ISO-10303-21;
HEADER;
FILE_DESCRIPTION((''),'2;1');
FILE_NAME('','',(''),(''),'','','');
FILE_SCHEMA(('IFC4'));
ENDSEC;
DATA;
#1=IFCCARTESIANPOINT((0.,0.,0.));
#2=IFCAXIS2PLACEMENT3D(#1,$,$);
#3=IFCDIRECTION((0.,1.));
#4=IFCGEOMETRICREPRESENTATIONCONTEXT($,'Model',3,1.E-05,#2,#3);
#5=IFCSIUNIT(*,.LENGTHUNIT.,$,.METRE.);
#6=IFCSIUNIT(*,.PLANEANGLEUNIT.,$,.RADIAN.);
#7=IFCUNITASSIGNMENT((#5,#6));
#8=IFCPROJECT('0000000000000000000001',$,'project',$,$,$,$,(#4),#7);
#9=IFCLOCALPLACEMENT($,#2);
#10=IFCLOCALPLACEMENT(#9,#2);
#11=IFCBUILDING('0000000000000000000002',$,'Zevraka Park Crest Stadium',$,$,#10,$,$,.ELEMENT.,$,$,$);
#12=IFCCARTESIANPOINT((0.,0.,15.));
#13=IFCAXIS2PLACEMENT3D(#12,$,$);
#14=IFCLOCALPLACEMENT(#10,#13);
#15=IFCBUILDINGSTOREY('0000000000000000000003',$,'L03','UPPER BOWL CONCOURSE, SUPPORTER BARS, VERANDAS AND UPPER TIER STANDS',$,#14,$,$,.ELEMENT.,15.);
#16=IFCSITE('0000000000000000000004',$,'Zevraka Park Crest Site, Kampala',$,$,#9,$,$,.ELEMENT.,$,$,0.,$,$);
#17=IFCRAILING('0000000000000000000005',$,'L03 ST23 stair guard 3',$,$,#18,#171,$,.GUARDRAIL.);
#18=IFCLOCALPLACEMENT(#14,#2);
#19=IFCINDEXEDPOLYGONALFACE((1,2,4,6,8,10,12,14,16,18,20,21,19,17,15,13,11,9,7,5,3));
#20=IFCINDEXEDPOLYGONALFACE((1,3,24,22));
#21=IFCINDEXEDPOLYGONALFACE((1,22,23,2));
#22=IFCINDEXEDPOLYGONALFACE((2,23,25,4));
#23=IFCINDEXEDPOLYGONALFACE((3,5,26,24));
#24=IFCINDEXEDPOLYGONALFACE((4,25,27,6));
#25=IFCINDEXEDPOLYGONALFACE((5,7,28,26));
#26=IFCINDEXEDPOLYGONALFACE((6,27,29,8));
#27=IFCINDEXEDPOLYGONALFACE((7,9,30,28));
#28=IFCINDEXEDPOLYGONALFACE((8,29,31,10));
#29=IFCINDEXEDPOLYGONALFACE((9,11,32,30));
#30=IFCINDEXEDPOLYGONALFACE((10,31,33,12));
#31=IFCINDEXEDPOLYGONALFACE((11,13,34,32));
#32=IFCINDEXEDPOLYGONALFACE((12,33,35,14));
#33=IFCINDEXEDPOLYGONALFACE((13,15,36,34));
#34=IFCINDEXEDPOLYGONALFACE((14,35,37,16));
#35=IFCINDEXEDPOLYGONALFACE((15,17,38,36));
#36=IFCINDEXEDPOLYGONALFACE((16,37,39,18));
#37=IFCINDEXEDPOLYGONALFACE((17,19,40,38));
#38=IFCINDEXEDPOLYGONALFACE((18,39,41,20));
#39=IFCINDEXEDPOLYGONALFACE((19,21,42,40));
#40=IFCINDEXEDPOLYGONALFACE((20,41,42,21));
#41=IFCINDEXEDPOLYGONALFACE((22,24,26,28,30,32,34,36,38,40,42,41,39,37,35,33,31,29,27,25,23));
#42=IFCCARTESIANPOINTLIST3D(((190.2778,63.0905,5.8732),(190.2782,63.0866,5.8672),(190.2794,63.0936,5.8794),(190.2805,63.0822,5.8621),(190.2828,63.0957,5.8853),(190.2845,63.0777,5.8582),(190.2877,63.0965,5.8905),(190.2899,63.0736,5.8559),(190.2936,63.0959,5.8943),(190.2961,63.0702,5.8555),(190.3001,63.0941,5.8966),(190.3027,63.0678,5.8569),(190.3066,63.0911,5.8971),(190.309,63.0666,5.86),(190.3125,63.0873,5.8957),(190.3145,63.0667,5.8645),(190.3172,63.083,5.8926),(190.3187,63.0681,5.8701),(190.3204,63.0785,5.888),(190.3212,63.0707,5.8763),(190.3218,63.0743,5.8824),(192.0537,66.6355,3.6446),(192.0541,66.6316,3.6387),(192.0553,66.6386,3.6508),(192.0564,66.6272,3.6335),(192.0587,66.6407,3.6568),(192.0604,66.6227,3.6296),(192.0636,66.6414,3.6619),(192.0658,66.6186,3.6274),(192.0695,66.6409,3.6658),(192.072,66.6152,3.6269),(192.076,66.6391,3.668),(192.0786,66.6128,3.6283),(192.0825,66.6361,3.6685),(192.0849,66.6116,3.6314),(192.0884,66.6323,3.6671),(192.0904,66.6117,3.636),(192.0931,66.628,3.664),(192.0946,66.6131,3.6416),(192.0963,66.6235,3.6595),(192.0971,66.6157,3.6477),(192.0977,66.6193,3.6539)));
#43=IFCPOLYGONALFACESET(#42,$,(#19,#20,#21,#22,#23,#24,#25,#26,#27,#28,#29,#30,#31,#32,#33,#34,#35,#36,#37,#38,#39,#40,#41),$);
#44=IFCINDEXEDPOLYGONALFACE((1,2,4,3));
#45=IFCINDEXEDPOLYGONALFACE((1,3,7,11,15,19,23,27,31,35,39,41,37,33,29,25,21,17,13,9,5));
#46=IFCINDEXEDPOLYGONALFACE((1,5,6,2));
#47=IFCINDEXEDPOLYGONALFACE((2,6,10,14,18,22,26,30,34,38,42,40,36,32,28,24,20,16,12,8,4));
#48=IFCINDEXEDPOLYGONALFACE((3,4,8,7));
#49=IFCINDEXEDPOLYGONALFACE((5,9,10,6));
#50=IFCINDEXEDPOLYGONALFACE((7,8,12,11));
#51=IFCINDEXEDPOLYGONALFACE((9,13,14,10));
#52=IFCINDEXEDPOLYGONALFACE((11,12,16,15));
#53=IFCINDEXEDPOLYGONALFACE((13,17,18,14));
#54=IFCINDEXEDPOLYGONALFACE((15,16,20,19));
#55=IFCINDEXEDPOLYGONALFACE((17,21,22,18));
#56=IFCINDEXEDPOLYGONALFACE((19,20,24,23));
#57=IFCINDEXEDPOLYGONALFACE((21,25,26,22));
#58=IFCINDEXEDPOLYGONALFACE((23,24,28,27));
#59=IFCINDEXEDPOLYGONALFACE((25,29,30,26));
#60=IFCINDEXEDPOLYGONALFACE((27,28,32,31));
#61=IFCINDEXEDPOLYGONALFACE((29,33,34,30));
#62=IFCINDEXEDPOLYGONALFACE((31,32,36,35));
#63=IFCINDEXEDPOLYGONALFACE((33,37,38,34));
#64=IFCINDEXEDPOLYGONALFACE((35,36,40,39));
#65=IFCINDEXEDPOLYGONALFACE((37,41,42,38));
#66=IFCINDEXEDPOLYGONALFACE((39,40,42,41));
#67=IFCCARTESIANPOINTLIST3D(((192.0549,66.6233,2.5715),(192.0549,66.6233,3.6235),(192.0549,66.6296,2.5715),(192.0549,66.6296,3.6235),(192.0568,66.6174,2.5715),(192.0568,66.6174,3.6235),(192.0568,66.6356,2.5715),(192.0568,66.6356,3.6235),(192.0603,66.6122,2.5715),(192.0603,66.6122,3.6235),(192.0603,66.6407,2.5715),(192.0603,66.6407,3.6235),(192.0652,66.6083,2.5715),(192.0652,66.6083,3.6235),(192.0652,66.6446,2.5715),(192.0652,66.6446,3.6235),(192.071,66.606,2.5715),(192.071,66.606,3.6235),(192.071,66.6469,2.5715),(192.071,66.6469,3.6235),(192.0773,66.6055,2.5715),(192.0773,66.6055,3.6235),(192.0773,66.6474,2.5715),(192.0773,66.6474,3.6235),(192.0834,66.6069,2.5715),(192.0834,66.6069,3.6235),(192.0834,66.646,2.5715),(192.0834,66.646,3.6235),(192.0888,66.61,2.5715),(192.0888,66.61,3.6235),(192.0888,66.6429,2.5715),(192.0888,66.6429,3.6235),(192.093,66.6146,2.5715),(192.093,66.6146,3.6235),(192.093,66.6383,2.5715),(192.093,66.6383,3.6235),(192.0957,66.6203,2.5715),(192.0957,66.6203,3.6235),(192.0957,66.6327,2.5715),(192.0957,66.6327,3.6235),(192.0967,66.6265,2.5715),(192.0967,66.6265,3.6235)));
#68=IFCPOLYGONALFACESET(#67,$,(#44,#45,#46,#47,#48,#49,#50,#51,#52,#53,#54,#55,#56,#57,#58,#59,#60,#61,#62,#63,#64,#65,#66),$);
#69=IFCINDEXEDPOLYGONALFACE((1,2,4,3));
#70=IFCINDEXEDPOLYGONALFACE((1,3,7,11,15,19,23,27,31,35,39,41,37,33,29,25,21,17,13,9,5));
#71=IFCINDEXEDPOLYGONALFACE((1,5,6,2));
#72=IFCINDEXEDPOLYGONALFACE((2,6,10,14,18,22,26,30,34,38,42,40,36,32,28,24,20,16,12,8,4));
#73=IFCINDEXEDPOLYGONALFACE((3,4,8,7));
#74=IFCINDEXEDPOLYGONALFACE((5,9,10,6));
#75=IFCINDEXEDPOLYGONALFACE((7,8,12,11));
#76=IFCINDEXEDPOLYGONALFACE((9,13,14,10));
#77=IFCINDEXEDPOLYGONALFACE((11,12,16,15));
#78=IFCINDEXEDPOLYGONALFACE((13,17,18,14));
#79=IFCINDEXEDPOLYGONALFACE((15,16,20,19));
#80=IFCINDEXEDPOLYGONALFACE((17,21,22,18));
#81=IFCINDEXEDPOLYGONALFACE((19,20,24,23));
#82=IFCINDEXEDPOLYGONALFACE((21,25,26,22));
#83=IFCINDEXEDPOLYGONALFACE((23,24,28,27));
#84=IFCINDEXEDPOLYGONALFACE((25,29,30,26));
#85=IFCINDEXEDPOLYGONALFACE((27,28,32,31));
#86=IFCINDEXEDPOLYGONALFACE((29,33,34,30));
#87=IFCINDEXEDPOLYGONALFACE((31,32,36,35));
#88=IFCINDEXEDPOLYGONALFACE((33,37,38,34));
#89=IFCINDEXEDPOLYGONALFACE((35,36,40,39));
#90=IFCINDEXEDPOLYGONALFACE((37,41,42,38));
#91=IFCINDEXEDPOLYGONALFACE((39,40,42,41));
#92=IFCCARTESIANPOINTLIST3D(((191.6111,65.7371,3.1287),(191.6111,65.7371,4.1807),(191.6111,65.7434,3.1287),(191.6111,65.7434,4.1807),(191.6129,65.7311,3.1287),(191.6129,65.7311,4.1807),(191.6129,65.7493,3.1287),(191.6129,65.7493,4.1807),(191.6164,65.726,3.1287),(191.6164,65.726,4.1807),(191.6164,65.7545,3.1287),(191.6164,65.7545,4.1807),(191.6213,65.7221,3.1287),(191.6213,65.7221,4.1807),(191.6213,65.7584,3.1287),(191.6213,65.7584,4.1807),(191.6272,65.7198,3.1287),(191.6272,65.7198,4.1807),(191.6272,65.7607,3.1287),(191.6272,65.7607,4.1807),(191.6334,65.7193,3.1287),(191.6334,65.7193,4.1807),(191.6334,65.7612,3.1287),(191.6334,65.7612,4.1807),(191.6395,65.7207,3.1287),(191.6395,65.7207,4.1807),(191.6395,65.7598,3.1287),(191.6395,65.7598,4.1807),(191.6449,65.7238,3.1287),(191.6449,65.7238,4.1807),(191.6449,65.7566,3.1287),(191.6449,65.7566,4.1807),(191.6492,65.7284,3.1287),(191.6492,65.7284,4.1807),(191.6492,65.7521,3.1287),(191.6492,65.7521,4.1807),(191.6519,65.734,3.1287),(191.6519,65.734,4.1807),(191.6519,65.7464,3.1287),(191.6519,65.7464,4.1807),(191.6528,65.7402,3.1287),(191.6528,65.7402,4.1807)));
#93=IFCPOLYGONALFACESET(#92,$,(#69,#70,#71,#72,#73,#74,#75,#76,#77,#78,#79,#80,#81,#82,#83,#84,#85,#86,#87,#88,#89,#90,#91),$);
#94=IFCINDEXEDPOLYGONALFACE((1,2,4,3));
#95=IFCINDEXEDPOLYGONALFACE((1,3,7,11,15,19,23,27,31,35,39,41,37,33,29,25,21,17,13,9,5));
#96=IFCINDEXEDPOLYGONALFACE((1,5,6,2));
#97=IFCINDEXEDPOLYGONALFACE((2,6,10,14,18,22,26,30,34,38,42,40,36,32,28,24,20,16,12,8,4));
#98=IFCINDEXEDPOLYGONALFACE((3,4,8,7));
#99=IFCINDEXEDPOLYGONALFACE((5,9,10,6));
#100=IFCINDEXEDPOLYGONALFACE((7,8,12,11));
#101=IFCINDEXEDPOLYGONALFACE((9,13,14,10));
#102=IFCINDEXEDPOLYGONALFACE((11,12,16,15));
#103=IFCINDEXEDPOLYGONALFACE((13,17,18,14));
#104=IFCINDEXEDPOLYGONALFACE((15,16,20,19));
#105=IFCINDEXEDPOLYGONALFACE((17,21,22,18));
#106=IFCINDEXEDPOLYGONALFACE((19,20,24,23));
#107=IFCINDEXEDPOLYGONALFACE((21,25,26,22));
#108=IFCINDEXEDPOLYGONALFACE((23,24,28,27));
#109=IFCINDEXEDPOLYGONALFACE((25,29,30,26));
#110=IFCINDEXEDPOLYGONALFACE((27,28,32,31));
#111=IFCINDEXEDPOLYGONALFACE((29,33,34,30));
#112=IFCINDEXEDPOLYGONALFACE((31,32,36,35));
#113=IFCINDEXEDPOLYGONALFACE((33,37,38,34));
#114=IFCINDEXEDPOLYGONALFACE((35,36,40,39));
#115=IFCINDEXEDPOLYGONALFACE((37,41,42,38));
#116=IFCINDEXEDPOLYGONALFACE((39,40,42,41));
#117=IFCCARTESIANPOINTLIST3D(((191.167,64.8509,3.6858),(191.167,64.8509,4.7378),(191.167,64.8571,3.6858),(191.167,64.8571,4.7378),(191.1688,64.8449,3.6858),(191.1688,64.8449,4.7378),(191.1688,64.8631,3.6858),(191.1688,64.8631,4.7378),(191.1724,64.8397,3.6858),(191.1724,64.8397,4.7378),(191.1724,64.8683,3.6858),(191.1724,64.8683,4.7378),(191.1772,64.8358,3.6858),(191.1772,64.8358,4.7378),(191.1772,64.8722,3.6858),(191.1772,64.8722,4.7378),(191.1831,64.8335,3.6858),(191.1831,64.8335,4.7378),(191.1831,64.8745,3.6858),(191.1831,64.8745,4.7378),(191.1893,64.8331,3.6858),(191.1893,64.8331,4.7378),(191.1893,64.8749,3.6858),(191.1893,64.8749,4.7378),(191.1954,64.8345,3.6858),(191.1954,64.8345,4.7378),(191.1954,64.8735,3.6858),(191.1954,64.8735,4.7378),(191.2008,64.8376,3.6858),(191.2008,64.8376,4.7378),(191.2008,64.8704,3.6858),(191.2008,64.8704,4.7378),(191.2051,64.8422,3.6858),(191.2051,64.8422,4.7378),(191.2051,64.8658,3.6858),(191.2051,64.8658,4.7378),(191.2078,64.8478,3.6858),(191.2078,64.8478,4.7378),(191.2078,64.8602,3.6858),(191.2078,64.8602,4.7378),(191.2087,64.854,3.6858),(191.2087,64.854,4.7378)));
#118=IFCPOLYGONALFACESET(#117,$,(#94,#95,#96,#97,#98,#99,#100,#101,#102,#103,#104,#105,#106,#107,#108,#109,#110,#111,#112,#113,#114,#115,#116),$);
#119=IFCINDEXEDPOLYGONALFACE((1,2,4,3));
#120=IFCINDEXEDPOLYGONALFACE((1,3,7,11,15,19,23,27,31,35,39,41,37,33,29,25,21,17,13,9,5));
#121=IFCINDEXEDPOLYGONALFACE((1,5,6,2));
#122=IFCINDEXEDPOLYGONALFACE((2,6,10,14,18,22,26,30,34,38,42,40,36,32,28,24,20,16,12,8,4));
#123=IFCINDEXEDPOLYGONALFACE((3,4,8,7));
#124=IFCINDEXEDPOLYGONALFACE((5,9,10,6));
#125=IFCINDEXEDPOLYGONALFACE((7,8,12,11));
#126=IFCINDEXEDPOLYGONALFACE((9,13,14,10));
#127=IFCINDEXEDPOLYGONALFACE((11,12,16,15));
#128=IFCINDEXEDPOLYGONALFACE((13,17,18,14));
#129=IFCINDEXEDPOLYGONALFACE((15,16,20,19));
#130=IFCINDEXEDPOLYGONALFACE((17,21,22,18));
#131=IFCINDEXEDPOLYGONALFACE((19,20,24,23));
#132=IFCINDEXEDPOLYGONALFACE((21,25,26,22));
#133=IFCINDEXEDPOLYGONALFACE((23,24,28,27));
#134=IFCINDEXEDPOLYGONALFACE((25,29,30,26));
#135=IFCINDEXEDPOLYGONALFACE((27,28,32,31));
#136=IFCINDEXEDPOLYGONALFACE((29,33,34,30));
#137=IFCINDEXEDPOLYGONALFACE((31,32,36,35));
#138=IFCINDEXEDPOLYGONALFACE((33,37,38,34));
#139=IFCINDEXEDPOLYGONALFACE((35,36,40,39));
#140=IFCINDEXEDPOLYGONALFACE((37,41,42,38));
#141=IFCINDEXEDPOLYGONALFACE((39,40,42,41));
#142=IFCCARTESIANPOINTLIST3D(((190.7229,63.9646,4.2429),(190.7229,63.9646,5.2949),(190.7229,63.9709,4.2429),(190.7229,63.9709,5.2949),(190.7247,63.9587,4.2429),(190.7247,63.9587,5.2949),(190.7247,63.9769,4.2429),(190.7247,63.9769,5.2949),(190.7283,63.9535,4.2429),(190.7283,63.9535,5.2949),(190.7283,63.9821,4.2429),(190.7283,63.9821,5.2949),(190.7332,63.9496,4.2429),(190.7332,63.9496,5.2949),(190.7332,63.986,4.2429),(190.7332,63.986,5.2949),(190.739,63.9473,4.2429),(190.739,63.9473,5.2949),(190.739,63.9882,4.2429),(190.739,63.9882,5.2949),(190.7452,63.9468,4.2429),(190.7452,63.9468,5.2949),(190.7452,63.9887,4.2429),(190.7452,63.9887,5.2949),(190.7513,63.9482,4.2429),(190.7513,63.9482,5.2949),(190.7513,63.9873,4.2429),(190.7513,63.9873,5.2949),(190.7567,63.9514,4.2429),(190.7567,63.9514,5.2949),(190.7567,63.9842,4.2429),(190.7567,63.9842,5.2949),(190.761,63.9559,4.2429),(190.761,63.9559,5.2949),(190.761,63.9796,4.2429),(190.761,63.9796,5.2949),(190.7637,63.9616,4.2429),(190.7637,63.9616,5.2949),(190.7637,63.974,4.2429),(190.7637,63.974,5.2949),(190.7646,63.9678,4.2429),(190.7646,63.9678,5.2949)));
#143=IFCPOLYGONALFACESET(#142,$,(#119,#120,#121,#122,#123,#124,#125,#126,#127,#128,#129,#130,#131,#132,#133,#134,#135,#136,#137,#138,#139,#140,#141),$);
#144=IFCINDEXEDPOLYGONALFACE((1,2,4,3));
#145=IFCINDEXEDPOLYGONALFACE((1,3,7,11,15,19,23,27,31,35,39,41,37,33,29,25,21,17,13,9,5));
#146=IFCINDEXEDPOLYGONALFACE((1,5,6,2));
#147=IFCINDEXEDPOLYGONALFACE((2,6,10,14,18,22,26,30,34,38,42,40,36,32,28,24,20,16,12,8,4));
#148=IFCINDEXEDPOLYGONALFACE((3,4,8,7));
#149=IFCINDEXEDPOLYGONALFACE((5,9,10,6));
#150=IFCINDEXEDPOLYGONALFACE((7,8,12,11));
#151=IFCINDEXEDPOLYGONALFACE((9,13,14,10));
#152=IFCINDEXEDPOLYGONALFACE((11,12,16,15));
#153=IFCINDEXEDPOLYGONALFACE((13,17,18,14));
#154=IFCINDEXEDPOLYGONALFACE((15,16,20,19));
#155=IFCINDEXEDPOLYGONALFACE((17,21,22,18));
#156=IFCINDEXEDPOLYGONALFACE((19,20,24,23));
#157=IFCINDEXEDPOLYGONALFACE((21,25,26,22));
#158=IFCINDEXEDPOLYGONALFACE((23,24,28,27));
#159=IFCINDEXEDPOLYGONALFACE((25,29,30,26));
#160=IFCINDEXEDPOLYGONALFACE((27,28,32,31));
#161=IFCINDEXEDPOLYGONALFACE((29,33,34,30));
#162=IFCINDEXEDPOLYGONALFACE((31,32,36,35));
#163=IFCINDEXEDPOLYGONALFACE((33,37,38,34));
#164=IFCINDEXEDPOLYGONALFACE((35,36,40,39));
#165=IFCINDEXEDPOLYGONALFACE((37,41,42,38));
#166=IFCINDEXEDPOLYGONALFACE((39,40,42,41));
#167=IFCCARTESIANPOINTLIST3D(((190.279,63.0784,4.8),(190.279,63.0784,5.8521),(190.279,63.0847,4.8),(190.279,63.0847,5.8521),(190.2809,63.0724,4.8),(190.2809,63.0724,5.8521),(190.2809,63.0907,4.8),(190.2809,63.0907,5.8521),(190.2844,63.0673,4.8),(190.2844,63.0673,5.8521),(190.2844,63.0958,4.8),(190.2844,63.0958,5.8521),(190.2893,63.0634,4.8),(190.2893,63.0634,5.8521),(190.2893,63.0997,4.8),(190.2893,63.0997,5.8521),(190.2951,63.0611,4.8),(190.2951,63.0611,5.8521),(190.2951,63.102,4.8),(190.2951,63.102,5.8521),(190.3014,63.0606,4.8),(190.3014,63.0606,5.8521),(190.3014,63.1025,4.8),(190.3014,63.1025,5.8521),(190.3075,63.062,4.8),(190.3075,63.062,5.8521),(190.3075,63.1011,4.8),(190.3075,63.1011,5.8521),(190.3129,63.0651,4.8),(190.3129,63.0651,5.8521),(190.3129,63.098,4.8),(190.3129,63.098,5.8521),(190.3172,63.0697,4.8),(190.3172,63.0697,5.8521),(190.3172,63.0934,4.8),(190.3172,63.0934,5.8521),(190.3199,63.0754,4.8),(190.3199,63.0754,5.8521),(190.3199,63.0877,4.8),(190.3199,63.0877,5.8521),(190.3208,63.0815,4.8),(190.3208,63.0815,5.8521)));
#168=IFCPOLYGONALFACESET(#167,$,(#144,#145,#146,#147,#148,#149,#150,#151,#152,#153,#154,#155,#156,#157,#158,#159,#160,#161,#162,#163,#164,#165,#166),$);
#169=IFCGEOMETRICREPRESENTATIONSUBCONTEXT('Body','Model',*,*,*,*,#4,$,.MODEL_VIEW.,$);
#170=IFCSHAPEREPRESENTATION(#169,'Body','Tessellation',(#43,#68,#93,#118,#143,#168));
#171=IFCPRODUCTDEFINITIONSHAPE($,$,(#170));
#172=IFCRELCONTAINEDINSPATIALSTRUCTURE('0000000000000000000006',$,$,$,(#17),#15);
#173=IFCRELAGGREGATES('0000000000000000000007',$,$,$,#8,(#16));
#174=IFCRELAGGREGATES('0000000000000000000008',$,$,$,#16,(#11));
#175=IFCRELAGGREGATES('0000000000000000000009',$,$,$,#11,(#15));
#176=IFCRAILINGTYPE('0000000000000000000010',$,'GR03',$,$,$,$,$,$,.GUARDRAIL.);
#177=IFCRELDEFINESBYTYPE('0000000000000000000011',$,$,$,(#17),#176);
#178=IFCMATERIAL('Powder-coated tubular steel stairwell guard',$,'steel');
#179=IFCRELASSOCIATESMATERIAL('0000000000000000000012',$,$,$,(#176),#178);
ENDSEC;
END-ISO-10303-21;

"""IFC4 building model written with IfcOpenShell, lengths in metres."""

from ifc_helpers import new_model, si_unit, direction, frame, origin, origin_2d, place, context, subcontext, project, spatial, circle, extrude, material, type_object, element, save


model = new_model("IFC4")

# Units and contexts
model_context = context("Model", 3, precision=1e-05, world=origin(), true_north=direction((0.0, 1.0)))
body_context = subcontext(model_context, "Body", "Model", "MODEL_VIEW")
ifc_project = project(units=[si_unit("LENGTHUNIT", "METRE"), si_unit("PLANEANGLEUNIT", "RADIAN")], contexts=[model_context])

# Site, building, storey
site_placement = place(None, origin())
site = spatial("IfcSite", under=ifc_project, at=site_placement, Name="Zevraka Park Crest Site, Kampala", CompositionType="ELEMENT", RefElevation=0.0)
building_placement = place(site_placement, origin())
building = spatial("IfcBuilding", under=site, at=building_placement, Name="Zevraka Park Crest Stadium", CompositionType="ELEMENT")
storey_placement = place(building_placement, frame((0.0, 0.0, 15.0)))
storey = spatial("IfcBuildingStorey", under=building, at=storey_placement, Name="L03", Description="UPPER BOWL CONCOURSE, SUPPORTER BARS, VERANDAS AND UPPER TIER STANDS", CompositionType="ELEMENT", Elevation=15.0)

# Railing
ifc_material_1 = material(Name="Powder-coated tubular steel stairwell guard", Category="steel")
railing_type_1 = type_object("IfcRailingType", Name="GR03", PredefinedType="GUARDRAIL", material=ifc_material_1)
railing_1_placement = place(storey_placement, frame((192.0757, 66.6265, 2.5715)))
element("IfcRailing", 1, at=railing_1_placement, inside=storey, type_object=railing_type_1, Name="L03 ST23 stair guard 3", PredefinedType="GUARDRAIL", context=body_context, shape_type="SweptSolid", body=[
    extrude(circle(Radius=0.0239, at=origin_2d()), frame((0.0, 0.0, 1.0762), z_axis=(-0.390454, -0.779405, 0.489973), x_axis=(0.894082, -0.447903, 0.0)), (0.0, 0.0, 1.0), 4.5483),
    extrude(circle(Radius=0.021, at=origin_2d()), origin(), (0.0, 0.0, 1.0), 1.052),
    extrude(circle(Radius=0.021, at=origin_2d()), frame((-0.4438, -0.8862, 0.5571)), (0.0, 0.0, 1.0), 1.052),
    extrude(circle(Radius=0.021, at=origin_2d()), frame((-0.8879, -1.7725, 1.1143)), (0.0, 0.0, 1.0), 1.052),
    extrude(circle(Radius=0.021, at=origin_2d()), frame((-1.332, -2.6587, 1.6714)), (0.0, 0.0, 1.0), 1.052),
    extrude(circle(Radius=0.021, at=origin_2d()), frame((-1.7759, -3.5449, 2.2285)), (0.0, 0.0, 1.0), 1.052),
])

save(model, "model.ifc")
